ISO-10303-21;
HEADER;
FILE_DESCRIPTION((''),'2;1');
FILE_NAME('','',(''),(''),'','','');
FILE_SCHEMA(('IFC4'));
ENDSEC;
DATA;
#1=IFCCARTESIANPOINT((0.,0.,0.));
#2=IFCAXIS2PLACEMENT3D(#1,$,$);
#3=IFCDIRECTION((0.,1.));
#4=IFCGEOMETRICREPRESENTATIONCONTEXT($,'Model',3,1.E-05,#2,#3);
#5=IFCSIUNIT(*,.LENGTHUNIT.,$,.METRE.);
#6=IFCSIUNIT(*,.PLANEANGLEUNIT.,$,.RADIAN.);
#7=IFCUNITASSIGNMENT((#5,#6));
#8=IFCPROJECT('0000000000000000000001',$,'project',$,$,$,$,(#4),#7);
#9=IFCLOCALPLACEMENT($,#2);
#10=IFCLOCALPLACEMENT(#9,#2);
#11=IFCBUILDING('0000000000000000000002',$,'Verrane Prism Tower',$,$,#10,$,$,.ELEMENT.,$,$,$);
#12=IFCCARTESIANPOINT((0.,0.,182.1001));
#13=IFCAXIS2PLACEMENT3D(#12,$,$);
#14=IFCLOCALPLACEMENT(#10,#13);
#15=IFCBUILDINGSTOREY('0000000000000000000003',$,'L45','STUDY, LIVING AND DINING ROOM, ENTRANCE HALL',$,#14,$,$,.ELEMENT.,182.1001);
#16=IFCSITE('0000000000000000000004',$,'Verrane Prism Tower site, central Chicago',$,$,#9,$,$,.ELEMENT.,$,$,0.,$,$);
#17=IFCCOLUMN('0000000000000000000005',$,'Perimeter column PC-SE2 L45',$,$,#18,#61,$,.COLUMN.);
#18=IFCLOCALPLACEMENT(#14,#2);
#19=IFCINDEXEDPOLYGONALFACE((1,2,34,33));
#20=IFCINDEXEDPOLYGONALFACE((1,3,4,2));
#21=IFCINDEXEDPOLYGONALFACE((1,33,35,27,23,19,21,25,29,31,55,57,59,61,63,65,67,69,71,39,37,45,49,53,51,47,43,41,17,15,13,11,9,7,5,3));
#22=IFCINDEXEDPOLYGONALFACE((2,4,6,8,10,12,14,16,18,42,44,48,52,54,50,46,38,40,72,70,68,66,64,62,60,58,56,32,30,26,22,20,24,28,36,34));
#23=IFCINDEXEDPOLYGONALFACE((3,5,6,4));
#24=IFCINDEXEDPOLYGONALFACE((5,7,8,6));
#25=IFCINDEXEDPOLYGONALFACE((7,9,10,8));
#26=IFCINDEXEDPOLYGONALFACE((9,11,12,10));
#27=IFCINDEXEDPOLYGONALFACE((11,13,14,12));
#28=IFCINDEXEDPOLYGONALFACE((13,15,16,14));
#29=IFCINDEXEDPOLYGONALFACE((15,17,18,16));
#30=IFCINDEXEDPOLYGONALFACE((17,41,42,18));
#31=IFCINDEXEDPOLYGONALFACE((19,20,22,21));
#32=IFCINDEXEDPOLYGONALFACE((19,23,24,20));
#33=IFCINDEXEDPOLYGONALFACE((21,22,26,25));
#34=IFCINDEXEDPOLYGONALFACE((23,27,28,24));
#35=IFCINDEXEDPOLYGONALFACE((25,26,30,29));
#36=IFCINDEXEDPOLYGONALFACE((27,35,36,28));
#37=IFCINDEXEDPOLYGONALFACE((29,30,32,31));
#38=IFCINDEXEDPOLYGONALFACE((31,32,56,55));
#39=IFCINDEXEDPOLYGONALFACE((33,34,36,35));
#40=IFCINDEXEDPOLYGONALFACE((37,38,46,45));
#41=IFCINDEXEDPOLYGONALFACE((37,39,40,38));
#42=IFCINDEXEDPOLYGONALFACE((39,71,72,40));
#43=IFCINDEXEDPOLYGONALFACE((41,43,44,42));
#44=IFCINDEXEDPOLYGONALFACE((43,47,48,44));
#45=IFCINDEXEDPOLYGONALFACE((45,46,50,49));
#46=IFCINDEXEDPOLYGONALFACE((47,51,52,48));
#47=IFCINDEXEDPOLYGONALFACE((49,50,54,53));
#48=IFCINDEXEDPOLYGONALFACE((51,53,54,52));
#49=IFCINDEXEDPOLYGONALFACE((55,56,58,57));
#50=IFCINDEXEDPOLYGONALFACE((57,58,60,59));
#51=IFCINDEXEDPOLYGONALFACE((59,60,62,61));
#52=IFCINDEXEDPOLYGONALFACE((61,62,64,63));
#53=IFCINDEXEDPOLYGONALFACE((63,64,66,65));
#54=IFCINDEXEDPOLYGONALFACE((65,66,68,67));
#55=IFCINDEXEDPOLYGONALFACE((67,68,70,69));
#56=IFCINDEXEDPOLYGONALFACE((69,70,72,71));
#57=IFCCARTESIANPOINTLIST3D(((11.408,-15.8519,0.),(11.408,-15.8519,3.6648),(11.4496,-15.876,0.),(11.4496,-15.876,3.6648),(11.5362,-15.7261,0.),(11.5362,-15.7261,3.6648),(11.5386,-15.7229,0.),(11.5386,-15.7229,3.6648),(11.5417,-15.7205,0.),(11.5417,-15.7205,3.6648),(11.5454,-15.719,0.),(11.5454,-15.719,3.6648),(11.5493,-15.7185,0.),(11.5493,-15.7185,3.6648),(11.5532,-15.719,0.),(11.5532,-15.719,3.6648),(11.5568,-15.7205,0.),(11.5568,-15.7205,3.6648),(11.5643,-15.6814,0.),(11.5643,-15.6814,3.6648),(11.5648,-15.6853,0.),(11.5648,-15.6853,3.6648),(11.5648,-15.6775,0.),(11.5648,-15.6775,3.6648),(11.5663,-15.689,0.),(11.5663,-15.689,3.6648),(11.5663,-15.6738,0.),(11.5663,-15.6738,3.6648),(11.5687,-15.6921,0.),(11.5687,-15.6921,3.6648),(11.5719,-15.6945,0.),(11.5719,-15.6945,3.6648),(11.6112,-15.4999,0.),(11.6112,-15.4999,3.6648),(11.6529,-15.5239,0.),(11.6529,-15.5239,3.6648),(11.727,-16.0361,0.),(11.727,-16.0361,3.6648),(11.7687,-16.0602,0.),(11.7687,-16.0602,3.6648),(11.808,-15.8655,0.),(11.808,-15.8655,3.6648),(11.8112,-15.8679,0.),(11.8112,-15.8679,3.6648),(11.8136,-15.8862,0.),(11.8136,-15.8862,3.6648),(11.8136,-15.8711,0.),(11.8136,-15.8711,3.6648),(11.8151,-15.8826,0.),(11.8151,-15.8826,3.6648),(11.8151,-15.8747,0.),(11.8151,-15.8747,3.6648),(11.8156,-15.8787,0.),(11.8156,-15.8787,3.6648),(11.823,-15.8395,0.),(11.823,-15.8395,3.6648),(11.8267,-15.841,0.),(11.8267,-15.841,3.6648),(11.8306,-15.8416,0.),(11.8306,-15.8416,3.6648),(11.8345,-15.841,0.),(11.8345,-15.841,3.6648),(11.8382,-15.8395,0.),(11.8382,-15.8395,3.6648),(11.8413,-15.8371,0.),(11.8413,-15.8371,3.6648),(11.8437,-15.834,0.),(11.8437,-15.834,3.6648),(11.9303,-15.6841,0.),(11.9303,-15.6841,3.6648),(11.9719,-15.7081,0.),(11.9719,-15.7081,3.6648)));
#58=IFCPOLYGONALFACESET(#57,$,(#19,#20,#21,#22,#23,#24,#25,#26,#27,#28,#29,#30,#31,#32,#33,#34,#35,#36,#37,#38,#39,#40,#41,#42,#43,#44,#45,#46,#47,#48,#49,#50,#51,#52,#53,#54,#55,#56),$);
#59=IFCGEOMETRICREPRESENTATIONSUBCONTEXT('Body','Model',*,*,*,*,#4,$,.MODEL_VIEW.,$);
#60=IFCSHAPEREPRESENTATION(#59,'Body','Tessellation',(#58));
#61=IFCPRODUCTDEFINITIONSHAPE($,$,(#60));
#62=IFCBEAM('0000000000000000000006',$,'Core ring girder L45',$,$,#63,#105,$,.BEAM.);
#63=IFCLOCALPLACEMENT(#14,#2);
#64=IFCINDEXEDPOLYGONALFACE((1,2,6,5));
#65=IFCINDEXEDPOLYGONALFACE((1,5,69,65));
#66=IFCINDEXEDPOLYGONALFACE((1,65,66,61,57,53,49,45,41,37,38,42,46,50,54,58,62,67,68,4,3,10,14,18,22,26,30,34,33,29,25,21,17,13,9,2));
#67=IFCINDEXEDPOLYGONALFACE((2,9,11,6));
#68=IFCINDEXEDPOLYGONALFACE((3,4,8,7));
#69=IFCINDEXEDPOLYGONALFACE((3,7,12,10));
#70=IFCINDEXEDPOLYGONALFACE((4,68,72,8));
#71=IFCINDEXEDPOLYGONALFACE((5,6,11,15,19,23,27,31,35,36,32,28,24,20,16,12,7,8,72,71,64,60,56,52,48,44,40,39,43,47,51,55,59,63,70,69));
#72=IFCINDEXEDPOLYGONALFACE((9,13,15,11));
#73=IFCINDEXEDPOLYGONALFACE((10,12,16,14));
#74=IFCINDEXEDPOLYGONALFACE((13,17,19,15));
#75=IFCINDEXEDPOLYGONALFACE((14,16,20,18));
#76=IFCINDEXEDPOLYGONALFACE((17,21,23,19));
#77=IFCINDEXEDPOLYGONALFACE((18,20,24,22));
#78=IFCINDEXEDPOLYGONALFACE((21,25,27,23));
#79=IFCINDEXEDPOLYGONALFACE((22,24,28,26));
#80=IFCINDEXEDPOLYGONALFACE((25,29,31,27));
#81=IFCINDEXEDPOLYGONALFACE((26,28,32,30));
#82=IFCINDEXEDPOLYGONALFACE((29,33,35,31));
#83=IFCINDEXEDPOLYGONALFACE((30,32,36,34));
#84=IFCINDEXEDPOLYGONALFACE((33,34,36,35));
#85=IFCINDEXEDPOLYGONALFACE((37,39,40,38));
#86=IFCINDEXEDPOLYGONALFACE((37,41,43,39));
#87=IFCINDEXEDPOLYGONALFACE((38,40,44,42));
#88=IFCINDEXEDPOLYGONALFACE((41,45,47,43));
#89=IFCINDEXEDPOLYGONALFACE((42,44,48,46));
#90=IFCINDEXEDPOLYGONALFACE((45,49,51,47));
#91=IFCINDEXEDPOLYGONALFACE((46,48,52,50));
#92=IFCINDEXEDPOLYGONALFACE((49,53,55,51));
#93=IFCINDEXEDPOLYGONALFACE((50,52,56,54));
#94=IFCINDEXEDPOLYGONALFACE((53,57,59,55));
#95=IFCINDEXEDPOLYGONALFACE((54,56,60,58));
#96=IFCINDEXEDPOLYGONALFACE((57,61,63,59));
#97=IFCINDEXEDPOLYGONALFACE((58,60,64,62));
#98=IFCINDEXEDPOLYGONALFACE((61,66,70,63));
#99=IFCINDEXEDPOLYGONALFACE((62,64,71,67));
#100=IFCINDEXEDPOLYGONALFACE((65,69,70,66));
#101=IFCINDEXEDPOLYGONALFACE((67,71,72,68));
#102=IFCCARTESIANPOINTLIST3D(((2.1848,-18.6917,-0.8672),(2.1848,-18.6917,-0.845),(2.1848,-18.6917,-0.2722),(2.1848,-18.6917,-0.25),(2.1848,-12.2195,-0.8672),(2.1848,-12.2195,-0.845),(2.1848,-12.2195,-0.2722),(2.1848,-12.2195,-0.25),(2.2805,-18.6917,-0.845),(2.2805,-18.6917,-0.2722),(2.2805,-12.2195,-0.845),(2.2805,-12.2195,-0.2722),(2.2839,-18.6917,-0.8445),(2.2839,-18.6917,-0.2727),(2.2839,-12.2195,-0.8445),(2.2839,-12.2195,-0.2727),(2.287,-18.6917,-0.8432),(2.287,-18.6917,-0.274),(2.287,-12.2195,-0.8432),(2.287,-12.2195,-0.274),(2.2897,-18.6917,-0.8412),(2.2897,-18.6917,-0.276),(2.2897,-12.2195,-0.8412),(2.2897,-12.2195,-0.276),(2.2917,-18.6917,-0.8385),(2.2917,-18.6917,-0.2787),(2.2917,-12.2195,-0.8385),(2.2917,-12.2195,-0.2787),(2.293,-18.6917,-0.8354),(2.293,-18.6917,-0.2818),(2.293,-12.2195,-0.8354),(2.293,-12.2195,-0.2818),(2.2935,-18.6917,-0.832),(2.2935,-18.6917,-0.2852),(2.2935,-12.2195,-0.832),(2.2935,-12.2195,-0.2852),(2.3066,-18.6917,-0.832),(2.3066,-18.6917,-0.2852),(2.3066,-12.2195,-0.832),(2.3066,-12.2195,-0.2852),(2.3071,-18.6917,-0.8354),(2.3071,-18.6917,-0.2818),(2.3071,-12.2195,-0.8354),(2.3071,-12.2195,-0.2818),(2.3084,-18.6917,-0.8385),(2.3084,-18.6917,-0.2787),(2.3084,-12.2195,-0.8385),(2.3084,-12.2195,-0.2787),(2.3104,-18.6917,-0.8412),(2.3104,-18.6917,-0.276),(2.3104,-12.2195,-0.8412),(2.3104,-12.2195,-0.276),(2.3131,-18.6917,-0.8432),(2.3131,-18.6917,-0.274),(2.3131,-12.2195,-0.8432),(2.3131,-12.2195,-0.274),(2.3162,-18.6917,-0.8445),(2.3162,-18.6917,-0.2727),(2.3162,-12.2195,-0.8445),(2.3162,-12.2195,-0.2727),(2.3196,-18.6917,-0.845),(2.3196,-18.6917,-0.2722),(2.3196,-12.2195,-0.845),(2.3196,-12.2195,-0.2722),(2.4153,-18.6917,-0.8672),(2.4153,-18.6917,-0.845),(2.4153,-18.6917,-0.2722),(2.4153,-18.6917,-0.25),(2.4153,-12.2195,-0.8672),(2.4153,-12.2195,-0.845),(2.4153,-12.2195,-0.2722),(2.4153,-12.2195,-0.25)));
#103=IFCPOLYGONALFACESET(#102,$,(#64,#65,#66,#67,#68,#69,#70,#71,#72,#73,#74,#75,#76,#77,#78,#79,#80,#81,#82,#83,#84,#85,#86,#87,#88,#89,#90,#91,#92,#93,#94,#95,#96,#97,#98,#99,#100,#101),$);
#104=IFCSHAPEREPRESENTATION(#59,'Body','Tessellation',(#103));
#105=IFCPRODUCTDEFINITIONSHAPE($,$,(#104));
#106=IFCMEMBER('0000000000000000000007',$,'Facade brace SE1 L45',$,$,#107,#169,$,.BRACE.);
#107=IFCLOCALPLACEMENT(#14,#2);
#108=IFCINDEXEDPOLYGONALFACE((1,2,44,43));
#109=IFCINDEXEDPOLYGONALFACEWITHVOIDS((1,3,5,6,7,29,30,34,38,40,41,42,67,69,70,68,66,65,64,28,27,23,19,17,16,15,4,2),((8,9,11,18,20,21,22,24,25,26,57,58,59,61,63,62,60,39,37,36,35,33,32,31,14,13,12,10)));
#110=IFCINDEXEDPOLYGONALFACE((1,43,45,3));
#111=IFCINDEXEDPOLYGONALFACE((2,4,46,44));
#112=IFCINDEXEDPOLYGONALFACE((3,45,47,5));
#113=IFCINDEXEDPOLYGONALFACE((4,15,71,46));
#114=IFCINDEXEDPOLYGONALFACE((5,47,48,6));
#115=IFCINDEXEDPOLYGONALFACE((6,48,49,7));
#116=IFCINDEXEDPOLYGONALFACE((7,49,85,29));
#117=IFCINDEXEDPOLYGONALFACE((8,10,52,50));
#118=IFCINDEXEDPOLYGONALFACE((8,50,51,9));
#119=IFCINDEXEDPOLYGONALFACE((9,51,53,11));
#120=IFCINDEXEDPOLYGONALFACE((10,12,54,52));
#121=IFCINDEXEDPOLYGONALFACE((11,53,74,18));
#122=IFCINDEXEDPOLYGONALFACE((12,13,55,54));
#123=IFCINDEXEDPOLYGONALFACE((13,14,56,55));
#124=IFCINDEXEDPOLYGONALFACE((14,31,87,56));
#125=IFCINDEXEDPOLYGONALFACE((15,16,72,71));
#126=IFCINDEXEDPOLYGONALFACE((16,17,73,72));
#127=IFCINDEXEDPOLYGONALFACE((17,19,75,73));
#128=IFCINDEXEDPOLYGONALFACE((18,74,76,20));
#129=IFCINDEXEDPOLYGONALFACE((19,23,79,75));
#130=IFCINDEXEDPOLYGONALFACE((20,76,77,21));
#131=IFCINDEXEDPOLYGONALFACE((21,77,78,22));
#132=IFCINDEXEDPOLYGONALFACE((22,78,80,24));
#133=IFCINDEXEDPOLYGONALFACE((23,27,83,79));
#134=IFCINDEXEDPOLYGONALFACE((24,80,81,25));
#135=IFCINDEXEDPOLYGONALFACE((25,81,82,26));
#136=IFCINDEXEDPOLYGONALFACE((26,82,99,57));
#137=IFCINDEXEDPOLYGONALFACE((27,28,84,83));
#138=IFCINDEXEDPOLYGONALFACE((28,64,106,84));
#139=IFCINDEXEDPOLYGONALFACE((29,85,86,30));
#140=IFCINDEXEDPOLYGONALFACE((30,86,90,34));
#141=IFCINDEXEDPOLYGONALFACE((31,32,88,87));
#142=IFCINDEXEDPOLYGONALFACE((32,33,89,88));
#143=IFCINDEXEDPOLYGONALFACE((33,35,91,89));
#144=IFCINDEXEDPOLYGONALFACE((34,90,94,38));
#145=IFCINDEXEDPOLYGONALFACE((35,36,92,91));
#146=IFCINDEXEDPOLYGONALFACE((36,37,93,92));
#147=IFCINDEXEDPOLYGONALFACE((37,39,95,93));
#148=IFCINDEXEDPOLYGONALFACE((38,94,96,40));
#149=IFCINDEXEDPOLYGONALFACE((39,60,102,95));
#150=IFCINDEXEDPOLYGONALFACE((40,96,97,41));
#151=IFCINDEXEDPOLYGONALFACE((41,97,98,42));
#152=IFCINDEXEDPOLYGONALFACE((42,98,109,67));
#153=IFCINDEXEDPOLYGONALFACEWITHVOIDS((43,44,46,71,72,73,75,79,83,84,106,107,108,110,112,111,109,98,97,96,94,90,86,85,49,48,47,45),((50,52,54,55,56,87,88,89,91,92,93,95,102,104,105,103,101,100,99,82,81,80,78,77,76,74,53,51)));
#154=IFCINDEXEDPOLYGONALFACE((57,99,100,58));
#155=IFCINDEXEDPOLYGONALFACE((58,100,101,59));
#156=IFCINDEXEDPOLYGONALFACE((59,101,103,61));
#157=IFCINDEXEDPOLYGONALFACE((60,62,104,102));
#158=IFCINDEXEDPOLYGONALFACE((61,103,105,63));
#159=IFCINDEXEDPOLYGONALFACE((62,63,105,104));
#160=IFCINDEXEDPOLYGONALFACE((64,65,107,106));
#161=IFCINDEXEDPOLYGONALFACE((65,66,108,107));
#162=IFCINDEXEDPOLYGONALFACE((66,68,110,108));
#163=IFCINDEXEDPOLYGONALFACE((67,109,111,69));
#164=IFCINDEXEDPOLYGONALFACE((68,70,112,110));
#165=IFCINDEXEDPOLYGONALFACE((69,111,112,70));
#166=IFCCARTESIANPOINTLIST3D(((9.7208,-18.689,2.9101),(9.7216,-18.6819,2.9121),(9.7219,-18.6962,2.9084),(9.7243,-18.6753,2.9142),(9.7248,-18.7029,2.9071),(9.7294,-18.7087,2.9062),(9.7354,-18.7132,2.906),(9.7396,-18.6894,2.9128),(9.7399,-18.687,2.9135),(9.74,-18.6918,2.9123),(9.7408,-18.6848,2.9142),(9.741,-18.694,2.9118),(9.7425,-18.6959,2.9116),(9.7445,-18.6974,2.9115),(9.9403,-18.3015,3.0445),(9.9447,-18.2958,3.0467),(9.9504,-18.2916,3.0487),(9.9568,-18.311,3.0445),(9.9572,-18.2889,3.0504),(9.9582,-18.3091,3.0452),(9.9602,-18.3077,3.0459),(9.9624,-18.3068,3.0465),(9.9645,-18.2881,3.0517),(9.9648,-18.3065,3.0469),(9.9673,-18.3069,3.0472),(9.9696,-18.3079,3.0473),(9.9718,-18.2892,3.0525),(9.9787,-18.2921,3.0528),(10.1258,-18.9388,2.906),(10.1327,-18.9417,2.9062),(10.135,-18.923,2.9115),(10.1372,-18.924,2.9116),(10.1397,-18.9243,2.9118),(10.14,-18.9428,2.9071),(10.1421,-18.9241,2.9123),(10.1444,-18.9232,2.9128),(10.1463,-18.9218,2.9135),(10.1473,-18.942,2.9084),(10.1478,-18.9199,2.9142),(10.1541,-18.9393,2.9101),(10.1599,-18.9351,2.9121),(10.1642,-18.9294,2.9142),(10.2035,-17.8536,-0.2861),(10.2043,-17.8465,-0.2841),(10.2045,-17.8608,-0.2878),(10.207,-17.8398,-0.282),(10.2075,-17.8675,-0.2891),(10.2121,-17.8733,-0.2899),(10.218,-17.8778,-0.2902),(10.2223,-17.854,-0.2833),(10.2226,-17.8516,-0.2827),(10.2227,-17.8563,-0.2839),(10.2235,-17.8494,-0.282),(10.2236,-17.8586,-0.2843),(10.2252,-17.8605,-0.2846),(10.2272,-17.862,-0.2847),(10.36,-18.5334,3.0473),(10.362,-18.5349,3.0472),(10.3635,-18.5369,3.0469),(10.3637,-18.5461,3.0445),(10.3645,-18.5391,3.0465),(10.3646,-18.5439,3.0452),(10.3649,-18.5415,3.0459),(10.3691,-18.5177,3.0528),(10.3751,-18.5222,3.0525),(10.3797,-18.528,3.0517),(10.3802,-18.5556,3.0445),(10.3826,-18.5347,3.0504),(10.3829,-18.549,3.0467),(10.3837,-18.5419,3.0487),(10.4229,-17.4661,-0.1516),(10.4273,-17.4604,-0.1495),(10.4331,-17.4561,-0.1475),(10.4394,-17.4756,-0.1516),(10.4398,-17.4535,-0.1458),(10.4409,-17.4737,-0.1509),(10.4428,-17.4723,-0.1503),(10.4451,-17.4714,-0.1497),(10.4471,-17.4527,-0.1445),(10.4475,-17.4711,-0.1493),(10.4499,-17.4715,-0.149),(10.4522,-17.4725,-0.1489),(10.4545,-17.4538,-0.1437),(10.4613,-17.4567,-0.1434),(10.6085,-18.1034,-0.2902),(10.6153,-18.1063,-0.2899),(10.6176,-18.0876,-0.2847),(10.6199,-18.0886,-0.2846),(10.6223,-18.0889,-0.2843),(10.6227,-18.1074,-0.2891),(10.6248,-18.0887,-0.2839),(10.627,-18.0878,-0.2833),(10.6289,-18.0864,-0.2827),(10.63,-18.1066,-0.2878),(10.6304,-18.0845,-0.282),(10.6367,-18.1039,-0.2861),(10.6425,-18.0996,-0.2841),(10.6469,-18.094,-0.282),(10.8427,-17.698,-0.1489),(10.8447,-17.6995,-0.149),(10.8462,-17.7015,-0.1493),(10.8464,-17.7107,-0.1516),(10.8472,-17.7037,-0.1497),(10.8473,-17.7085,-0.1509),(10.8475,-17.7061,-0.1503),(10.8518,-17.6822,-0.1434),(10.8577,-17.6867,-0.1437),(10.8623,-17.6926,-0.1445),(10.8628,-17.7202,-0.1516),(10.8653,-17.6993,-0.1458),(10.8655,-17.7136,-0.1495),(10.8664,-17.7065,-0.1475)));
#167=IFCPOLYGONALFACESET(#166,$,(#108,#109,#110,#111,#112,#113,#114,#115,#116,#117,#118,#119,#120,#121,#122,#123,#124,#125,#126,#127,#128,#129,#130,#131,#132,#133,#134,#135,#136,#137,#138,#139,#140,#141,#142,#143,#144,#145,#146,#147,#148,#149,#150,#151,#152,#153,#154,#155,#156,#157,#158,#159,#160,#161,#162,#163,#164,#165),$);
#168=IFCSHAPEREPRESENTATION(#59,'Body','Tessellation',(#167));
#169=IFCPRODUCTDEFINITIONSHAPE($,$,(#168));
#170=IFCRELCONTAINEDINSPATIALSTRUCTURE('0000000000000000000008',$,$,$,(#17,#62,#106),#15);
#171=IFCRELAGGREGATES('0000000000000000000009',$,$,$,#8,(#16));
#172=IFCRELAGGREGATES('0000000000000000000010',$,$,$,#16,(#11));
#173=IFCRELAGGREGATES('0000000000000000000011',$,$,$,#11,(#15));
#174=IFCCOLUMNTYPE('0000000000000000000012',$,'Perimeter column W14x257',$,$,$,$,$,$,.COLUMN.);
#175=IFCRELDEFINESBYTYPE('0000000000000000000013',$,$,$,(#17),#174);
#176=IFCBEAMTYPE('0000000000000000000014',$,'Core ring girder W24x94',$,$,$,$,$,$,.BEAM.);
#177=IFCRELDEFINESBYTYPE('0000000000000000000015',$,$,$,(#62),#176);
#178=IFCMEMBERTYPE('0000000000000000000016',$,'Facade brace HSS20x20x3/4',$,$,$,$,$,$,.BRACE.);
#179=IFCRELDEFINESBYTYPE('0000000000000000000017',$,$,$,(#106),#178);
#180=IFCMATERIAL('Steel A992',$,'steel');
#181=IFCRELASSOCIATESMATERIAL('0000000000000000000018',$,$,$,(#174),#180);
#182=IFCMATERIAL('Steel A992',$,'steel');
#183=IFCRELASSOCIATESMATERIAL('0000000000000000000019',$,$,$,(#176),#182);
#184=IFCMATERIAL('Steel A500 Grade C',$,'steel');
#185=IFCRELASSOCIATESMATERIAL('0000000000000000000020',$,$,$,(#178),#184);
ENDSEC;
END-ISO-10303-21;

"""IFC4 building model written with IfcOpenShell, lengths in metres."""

from ifc_helpers import new_model, si_unit, direction, frame, origin, origin_2d, place, context, subcontext, project, spatial, hollow_rectangle, i_section, extrude, material, material_profile, profile_set, type_object, element, save


model = new_model("IFC4")

# Units and contexts
model_context = context("Model", 3, precision=1e-05, world=origin(), true_north=direction((0.0, 1.0)))
body_context = subcontext(model_context, "Body", "Model", "MODEL_VIEW")
ifc_project = project(units=[si_unit("LENGTHUNIT", "METRE"), si_unit("PLANEANGLEUNIT", "RADIAN")], contexts=[model_context])

# Site, building, storey
site_placement = place(None, origin())
site = spatial("IfcSite", under=ifc_project, at=site_placement, Name="Verrane Prism Tower site, central Chicago", CompositionType="ELEMENT", RefElevation=0.0)
building_placement = place(site_placement, origin())
building = spatial("IfcBuilding", under=site, at=building_placement, Name="Verrane Prism Tower", CompositionType="ELEMENT")
storey_placement = place(building_placement, frame((0.0, 0.0, 182.1001)))
storey = spatial("IfcBuildingStorey", under=building, at=storey_placement, Name="L45", Description="STUDY, LIVING AND DINING ROOM, ENTRANCE HALL", CompositionType="ELEMENT", Elevation=182.1001)

# Column
ifc_material_1 = material(Name="Steel A992", Category="steel")
ifc_material_profile_1 = material_profile(ifc_material_1, i_section(OverallWidth=0.4065, OverallDepth=0.4165, WebThickness=0.03, FlangeThickness=0.0481, FilletRadius=0.0151, at=origin_2d()), Name="W14x257")
ifc_profile_set_1 = profile_set([ifc_material_profile_1], Name="Steel A992")
column_type = type_object("IfcColumnType", Name="Perimeter column W14x257", PredefinedType="COLUMN", material=ifc_profile_set_1)
column_placement = place(storey_placement, frame((11.6899, -15.78, 0.0), z_axis=(0.0, 0.0, 1.0), x_axis=(-0.5, -0.866025, 0.0)))
element("IfcColumn", 1, at=column_placement, inside=storey, type_object=column_type, Name="Perimeter column PC-SE2 L45", PredefinedType="COLUMN", context=body_context, shape_type="SweptSolid", body=[
    extrude(i_section(OverallWidth=0.4065, OverallDepth=0.4165, WebThickness=0.03, FlangeThickness=0.0481, FilletRadius=0.0151, at=origin_2d()), origin(), (0.0, 0.0, 1.0), 3.6648),
])

# Beam
ifc_material_2 = material(Name="Steel A992", Category="steel")
ifc_material_profile_2 = material_profile(ifc_material_2, i_section(OverallWidth=0.2305, OverallDepth=0.6172, WebThickness=0.0132, FlangeThickness=0.0222, FilletRadius=0.0129, at=origin_2d()), Name="W24x94")
ifc_profile_set_2 = profile_set([ifc_material_profile_2], Name="Steel A992")
beam_type_1 = type_object("IfcBeamType", Name="Core ring girder W24x94", PredefinedType="BEAM", material=ifc_profile_set_2)
beam_1_placement = place(storey_placement, frame((2.3, -18.6917, -0.5586), z_axis=(0.0, 1.0, 0.0), x_axis=(-1.0, 0.0, 0.0)))
element("IfcBeam", 2, at=beam_1_placement, inside=storey, type_object=beam_type_1, Name="Core ring girder L45", PredefinedType="BEAM", context=body_context, shape_type="SweptSolid", body=[
    extrude(i_section(OverallWidth=0.2305, OverallDepth=0.6172, WebThickness=0.0132, FlangeThickness=0.0222, FilletRadius=0.0129, at=origin_2d()), origin(), (0.0, 0.0, 1.0), 6.4722),
])

# Member
ifc_material_3 = material(Name="Steel A500 Grade C", Category="steel")
ifc_material_profile_3 = material_profile(ifc_material_3, hollow_rectangle(XDim=0.5081, YDim=0.5081, WallThickness=0.019, InnerFilletRadius=0.0095, OuterFilletRadius=0.0286, at=origin_2d()), Name="HSS20x20x3/4")
ifc_profile_set_3 = profile_set([ifc_material_profile_3], Name="Steel A500 Grade C")
member_type_1 = type_object("IfcMemberType", Name="Facade brace HSS20x20x3/4", PredefinedType="BRACE", material=ifc_profile_set_3)
for number, where, z_axis, x_axis, name in (
    (3, (10.5349, -17.78, -0.2168), (-0.144565, -0.250229, 0.957333), (0.865882, -0.500248, 0.0), "Facade brace SE1 L45"),
):
    element("IfcMember", number, at=place(storey_placement, frame(where, z_axis=z_axis, x_axis=x_axis)), inside=storey, type_object=member_type_1, Name=name, PredefinedType="BRACE", context=body_context, shape_type="SweptSolid", body=[
        extrude(hollow_rectangle(XDim=0.5081, YDim=0.5081, WallThickness=0.019, InnerFilletRadius=0.0095, OuterFilletRadius=0.0286, at=origin_2d()), origin(), (0.0, 0.0, 1.0), 3.3386),
    ])

save(model, "model.ifc")
